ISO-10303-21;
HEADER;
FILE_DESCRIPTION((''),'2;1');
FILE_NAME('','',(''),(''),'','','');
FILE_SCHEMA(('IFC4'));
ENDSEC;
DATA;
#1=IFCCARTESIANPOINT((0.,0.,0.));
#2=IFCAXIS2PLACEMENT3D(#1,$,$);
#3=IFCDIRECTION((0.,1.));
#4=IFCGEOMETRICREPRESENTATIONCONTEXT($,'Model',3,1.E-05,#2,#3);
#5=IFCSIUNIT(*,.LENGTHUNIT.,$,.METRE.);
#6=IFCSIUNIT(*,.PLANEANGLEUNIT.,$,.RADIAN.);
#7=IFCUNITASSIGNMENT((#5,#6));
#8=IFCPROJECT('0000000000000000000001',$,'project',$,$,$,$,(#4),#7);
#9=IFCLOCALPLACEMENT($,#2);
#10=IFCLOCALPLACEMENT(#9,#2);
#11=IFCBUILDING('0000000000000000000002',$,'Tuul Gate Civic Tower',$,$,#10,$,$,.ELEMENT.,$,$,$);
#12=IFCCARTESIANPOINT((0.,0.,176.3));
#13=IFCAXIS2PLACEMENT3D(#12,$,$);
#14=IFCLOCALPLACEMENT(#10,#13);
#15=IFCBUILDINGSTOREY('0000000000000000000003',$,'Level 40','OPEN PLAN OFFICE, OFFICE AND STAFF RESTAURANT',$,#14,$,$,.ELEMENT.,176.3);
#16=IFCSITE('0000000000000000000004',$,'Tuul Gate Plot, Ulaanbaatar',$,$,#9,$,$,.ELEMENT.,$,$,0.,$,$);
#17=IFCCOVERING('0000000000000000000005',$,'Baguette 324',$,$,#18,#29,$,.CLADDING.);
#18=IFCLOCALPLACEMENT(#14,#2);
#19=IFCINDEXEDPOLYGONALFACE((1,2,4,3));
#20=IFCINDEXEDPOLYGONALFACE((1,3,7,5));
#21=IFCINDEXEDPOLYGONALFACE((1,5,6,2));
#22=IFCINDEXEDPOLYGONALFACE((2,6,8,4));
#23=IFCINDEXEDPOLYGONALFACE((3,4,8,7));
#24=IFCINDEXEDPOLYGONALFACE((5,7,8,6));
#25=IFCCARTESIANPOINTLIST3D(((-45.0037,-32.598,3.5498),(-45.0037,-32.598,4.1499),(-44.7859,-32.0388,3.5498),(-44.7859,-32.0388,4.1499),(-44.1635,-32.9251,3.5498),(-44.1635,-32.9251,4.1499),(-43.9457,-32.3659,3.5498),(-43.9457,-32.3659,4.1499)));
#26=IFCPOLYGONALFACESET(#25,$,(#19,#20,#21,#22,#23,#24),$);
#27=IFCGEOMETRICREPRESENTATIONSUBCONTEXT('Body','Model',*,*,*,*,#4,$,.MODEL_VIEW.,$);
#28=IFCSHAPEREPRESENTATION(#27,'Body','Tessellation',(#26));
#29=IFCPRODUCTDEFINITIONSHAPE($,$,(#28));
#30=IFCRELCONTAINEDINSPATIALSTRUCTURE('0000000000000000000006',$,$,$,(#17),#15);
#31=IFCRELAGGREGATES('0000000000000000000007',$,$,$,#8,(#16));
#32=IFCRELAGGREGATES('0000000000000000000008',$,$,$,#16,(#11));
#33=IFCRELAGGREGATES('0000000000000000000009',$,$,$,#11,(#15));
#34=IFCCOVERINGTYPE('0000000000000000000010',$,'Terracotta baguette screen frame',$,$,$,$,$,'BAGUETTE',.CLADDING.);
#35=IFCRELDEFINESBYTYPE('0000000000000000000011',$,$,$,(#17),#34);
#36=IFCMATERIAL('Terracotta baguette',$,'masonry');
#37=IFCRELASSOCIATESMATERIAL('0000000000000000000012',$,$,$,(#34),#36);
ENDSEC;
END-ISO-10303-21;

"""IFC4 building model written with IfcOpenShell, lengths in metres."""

from ifc_helpers import new_model, si_unit, direction, frame, origin, origin_2d, place, context, subcontext, project, spatial, rectangle, extrude, material, material_profile, profile_set, type_object, element, save


model = new_model("IFC4")

# Units and contexts
model_context = context("Model", 3, precision=1e-05, world=origin(), true_north=direction((0.0, 1.0)))
body_context = subcontext(model_context, "Body", "Model", "MODEL_VIEW")
ifc_project = project(units=[si_unit("LENGTHUNIT", "METRE"), si_unit("PLANEANGLEUNIT", "RADIAN")], contexts=[model_context])

# Site, building, storey
site_placement = place(None, origin())
site = spatial("IfcSite", under=ifc_project, at=site_placement, Name="Tuul Gate Plot, Ulaanbaatar", CompositionType="ELEMENT", RefElevation=0.0)
building_placement = place(site_placement, origin())
building = spatial("IfcBuilding", under=site, at=building_placement, Name="Tuul Gate Civic Tower", CompositionType="ELEMENT")
storey_placement = place(building_placement, frame((0.0, 0.0, 176.3)))
storey = spatial("IfcBuildingStorey", under=building, at=storey_placement, Name="Level 40", Description="OPEN PLAN OFFICE, OFFICE AND STAFF RESTAURANT", CompositionType="ELEMENT", Elevation=176.3)

# Covering
ifc_material_1 = material(Name="Terracotta baguette", Category="masonry")
ifc_material_profile_1 = material_profile(ifc_material_1, rectangle(XDim=0.6001, YDim=0.6001, at=origin_2d()), Name="Terracotta baguette screen frame")
ifc_profile_set_1 = profile_set([ifc_material_profile_1], Name="Terracotta baguette")
covering_type = type_object("IfcCoveringType", Name="Terracotta baguette screen frame", ElementType="BAGUETTE", PredefinedType="CLADDING", material=ifc_profile_set_1)
covering_1_placement = place(storey_placement, frame((-44.8948, -32.3184, 3.8499), z_axis=(0.931837, -0.362877, 0.0), x_axis=(0.362877, 0.931837, 0.0)))
element("IfcCovering", 1, at=covering_1_placement, inside=storey, type_object=covering_type, Name="Baguette 324", PredefinedType="CLADDING", context=body_context, shape_type="SweptSolid", body=[
    extrude(rectangle(XDim=0.6001, YDim=0.6001, at=origin_2d()), origin(), (0.0, 0.0, 1.0), 0.9016),
])

save(model, "model.ifc")
